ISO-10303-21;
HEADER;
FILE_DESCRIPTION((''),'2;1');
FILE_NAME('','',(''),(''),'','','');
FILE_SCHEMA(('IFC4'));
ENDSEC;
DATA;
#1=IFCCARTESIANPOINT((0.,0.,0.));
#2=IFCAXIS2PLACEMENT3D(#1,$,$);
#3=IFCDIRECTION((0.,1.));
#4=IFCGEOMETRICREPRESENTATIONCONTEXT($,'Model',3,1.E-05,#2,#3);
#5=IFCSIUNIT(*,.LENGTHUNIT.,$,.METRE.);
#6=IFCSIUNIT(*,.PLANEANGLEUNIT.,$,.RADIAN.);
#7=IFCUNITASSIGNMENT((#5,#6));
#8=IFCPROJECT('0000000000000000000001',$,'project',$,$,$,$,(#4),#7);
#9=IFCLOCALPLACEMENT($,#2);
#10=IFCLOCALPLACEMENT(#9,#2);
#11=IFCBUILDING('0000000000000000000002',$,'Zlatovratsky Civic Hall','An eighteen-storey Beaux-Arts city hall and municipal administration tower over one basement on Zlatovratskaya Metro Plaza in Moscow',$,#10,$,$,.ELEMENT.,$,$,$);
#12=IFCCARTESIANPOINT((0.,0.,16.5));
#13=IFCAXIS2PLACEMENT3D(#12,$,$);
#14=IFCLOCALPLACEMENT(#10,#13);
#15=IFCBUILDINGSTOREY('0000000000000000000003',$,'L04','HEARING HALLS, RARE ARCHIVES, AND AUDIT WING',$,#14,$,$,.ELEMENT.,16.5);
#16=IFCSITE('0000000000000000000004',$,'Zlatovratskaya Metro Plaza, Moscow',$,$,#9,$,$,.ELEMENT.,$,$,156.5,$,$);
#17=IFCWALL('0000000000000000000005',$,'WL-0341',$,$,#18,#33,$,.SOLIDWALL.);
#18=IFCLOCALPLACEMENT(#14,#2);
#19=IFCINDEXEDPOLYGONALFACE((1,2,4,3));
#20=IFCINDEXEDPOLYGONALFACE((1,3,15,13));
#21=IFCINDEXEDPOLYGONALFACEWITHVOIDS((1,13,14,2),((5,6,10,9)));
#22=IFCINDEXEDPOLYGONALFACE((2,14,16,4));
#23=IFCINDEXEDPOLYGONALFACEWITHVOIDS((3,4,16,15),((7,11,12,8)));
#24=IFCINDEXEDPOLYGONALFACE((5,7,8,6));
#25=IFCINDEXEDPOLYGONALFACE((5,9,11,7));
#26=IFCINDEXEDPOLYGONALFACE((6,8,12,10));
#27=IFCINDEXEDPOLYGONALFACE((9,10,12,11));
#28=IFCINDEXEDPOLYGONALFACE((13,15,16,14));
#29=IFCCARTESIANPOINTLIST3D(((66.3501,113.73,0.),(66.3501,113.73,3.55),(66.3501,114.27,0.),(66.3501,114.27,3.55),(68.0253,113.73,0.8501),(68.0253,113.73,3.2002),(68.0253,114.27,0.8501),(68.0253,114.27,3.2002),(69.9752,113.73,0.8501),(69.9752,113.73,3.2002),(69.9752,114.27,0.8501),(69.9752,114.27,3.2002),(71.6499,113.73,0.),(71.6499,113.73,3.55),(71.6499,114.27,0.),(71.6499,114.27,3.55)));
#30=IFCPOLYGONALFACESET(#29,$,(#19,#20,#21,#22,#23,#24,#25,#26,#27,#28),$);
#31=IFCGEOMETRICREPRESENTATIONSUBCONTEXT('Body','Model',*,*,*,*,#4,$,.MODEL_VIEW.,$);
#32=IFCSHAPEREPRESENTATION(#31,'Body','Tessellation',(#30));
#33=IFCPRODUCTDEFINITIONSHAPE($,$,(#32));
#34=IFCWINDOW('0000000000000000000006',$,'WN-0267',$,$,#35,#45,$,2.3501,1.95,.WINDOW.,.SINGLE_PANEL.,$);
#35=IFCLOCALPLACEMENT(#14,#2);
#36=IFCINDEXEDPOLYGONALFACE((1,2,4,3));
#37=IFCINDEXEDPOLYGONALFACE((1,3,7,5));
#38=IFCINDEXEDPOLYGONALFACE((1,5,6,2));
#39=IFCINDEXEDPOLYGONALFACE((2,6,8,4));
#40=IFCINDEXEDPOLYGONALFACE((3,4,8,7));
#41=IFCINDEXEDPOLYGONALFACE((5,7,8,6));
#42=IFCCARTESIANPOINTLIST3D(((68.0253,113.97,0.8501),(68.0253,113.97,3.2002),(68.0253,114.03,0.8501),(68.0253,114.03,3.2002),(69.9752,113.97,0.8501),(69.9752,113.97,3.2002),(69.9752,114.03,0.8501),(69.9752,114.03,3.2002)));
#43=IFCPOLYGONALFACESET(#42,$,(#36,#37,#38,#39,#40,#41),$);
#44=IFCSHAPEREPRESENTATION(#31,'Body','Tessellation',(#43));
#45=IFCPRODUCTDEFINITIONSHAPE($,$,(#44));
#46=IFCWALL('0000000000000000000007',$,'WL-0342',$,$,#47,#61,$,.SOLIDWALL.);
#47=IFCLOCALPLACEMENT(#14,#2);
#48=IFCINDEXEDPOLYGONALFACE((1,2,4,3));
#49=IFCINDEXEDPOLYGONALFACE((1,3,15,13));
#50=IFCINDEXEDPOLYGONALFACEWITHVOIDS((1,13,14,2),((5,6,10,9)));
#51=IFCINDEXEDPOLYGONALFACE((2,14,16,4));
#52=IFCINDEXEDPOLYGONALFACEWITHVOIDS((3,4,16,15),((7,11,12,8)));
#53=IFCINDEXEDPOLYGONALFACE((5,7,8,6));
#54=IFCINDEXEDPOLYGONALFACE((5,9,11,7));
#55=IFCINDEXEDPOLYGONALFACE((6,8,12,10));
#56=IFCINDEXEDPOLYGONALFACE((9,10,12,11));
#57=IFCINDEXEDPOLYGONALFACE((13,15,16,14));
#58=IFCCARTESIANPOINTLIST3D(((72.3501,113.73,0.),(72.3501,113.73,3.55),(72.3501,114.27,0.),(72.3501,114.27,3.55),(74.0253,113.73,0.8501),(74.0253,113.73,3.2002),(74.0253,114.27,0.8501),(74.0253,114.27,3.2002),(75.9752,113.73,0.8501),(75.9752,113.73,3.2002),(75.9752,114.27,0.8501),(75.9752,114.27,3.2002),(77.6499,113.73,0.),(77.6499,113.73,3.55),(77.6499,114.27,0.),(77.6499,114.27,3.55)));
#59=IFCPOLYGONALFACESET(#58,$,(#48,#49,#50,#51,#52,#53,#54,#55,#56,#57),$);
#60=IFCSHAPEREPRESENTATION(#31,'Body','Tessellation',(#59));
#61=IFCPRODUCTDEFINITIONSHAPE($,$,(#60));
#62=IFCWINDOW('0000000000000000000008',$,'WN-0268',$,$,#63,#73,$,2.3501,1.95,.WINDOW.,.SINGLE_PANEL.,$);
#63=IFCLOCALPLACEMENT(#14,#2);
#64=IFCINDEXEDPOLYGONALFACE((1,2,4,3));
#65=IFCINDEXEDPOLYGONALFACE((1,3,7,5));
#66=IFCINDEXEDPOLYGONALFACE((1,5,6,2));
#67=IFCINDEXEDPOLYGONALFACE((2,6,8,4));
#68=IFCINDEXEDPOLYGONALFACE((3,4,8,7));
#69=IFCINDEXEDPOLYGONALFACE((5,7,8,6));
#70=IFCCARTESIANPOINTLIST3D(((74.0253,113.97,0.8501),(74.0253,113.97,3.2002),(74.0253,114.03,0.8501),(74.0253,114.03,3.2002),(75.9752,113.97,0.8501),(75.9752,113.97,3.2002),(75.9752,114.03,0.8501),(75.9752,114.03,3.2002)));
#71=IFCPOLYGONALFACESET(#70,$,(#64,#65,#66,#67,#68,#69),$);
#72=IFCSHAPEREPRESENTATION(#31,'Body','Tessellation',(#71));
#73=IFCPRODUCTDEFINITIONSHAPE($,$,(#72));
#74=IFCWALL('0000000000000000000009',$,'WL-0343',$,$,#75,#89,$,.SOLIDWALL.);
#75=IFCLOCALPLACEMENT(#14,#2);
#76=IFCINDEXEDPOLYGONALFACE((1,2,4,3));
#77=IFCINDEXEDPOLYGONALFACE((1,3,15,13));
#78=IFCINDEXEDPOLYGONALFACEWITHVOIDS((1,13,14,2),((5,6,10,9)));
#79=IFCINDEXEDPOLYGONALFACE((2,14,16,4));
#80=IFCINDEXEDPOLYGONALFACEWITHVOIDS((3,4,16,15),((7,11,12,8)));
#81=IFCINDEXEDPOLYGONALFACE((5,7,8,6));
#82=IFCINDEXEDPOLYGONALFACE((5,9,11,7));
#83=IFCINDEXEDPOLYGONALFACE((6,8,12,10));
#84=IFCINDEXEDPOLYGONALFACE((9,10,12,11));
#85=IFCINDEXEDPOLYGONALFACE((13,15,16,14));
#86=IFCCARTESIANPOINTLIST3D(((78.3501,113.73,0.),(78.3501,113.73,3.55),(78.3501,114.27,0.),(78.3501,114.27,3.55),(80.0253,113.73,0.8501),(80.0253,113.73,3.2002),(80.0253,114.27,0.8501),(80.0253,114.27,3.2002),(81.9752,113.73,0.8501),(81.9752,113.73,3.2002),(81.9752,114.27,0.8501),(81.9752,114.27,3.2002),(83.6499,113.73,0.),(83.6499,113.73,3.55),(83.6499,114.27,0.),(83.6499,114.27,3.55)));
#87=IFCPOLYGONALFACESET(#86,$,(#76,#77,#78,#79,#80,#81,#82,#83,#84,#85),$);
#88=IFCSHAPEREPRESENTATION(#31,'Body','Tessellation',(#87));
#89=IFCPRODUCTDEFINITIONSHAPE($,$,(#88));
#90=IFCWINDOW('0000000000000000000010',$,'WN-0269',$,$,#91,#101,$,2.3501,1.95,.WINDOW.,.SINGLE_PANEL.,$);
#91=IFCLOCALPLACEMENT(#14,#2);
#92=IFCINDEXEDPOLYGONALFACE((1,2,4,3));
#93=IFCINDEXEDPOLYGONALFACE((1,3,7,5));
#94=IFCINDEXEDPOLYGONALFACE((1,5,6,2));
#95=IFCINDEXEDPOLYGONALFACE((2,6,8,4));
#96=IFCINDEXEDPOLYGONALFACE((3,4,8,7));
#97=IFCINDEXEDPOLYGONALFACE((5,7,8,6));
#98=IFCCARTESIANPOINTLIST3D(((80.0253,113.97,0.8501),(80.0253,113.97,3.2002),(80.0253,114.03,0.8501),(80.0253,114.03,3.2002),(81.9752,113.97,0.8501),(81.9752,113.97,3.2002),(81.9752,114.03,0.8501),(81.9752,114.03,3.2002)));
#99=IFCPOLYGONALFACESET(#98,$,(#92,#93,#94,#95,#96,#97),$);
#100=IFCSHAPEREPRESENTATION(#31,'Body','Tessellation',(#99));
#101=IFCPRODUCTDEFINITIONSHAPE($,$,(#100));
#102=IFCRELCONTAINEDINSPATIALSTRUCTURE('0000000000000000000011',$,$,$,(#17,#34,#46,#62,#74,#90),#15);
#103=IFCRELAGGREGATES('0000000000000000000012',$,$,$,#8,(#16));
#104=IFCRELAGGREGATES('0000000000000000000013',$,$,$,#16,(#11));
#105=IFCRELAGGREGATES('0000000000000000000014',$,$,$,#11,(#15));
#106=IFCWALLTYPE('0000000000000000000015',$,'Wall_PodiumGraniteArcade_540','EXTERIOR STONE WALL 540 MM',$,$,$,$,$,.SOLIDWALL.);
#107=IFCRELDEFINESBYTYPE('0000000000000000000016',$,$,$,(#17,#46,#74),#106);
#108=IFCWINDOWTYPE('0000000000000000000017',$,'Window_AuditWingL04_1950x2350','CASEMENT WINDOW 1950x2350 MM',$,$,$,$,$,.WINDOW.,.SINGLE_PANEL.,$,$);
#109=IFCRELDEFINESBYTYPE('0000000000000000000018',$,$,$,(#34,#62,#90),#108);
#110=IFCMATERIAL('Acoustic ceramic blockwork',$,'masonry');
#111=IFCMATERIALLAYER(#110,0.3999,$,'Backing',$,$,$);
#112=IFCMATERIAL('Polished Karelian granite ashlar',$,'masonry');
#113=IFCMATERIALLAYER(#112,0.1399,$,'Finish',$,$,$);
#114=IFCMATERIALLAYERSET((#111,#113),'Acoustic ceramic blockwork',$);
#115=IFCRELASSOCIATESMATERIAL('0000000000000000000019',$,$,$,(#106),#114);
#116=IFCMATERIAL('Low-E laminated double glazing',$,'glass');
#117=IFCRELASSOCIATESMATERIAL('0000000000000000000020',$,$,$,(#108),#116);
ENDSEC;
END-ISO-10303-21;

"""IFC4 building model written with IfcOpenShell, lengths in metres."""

from ifc_helpers import new_model, si_unit, direction, frame, frame_2d, origin, place, context, subcontext, project, spatial, rectangle, extrude, material, layer, layer_set, type_object, element, fill, save


model = new_model("IFC4")

# Units and contexts
model_context = context("Model", 3, precision=1e-05, world=origin(), true_north=direction((0.0, 1.0)))
body_context = subcontext(model_context, "Body", "Model", "MODEL_VIEW")
ifc_project = project(units=[si_unit("LENGTHUNIT", "METRE"), si_unit("PLANEANGLEUNIT", "RADIAN")], contexts=[model_context])

# Site, building, storey
site_placement = place(None, origin())
site = spatial("IfcSite", under=ifc_project, at=site_placement, Name="Zlatovratskaya Metro Plaza, Moscow", CompositionType="ELEMENT", RefElevation=156.5)
building_placement = place(site_placement, origin())
building = spatial("IfcBuilding", under=site, at=building_placement, Name="Zlatovratsky Civic Hall", Description="An eighteen-storey Beaux-Arts city hall and municipal administration tower over one basement on Zlatovratskaya Metro Plaza in Moscow", CompositionType="ELEMENT")
storey_placement = place(building_placement, frame((0.0, 0.0, 16.5)))
storey = spatial("IfcBuildingStorey", under=building, at=storey_placement, Name="L04", Description="HEARING HALLS, RARE ARCHIVES, AND AUDIT WING", CompositionType="ELEMENT", Elevation=16.5)

# Walls, openings, windows
ifc_material_1 = material(Name="Acoustic ceramic blockwork", Category="masonry")
ifc_layer_1 = layer(ifc_material_1, 0.3999, Name="Backing")
ifc_material_2 = material(Name="Polished Karelian granite ashlar", Category="masonry")
ifc_layer_2 = layer(ifc_material_2, 0.1399, Name="Finish")
ifc_layer_set = layer_set([ifc_layer_1, ifc_layer_2], Name="Acoustic ceramic blockwork")
wall_type = type_object("IfcWallType", Name="Wall_PodiumGraniteArcade_540", Description="EXTERIOR STONE WALL 540 MM", PredefinedType="SOLIDWALL", material=ifc_layer_set)
wall_1_placement = place(storey_placement, frame((66.3501, 114.0, 0.0), z_axis=(0.0, 0.0, 1.0), x_axis=(1.0, 0.0, 0.0)))
wall_1 = element("IfcWall", 1, at=wall_1_placement, inside=storey, type_object=wall_type, Name="WL-0341", PredefinedType="SOLIDWALL", context=body_context, shape_type="SweptSolid", body=[
    extrude(rectangle(XDim=5.2998, YDim=0.54, at=frame_2d((2.6499, 0.0))), origin(), (0.0, 0.0, 1.0), 3.55),
])
opening_1_placement = place(wall_1_placement, frame((1.675, 0.0, 0.8501)))
opening_1 = element("IfcOpeningElement", 2, at=opening_1_placement, cuts=wall_1, PredefinedType="OPENING", context=body_context, shape_type="SweptSolid", body=[
    extrude(rectangle(XDim=1.95, YDim=2.3501, at=frame_2d((0.9751, 1.175))), frame((0.0, 0.2849, 0.0), z_axis=(0.0, -1.0, 0.0), x_axis=(1.0, 0.0, 0.0)), (0.0, 0.0, 1.0), 0.5698),
])
ifc_material_3 = material(Name="Low-E laminated double glazing", Category="glass")
window_type = type_object("IfcWindowType", Name="Window_AuditWingL04_1950x2350", Description="CASEMENT WINDOW 1950x2350 MM", PartitioningType="SINGLE_PANEL", PredefinedType="WINDOW", material=ifc_material_3)
window_1_placement = place(opening_1_placement, origin())
window_1 = element("IfcWindow", 3, at=window_1_placement, inside=storey, type_object=window_type, Name="WN-0267", OverallHeight=2.3501, OverallWidth=1.95, PartitioningType="SINGLE_PANEL", PredefinedType="WINDOW", context=body_context, shape_type="SweptSolid", body=[
    extrude(rectangle(XDim=1.95, YDim=2.3501, at=frame_2d((0.9751, 1.175))), frame((0.0, 0.03, 0.0), z_axis=(0.0, -1.0, 0.0), x_axis=(1.0, 0.0, 0.0)), (0.0, 0.0, 1.0), 0.0601),
])
fill(opening_1, window_1)
wall_2_placement = place(storey_placement, frame((72.3501, 114.0, 0.0), z_axis=(0.0, 0.0, 1.0), x_axis=(1.0, 0.0, 0.0)))
wall_2 = element("IfcWall", 4, at=wall_2_placement, inside=storey, type_object=wall_type, Name="WL-0342", PredefinedType="SOLIDWALL", context=body_context, shape_type="SweptSolid", body=[
    extrude(rectangle(XDim=5.2998, YDim=0.54, at=frame_2d((2.6499, 0.0))), origin(), (0.0, 0.0, 1.0), 3.55),
])
opening_2_placement = place(wall_2_placement, frame((1.675, 0.0, 0.8501)))
opening_2 = element("IfcOpeningElement", 5, at=opening_2_placement, cuts=wall_2, PredefinedType="OPENING", context=body_context, shape_type="SweptSolid", body=[
    extrude(rectangle(XDim=1.95, YDim=2.3501, at=frame_2d((0.9751, 1.175))), frame((0.0, 0.2849, 0.0), z_axis=(0.0, -1.0, 0.0), x_axis=(1.0, 0.0, 0.0)), (0.0, 0.0, 1.0), 0.5698),
])
window_2_placement = place(opening_2_placement, origin())
window_2 = element("IfcWindow", 6, at=window_2_placement, inside=storey, type_object=window_type, Name="WN-0268", OverallHeight=2.3501, OverallWidth=1.95, PartitioningType="SINGLE_PANEL", PredefinedType="WINDOW", context=body_context, shape_type="SweptSolid", body=[
    extrude(rectangle(XDim=1.95, YDim=2.3501, at=frame_2d((0.9751, 1.175))), frame((0.0, 0.03, 0.0), z_axis=(0.0, -1.0, 0.0), x_axis=(1.0, 0.0, 0.0)), (0.0, 0.0, 1.0), 0.0601),
])
fill(opening_2, window_2)
wall_3_placement = place(storey_placement, frame((78.3501, 114.0, 0.0), z_axis=(0.0, 0.0, 1.0), x_axis=(1.0, 0.0, 0.0)))
wall_3 = element("IfcWall", 7, at=wall_3_placement, inside=storey, type_object=wall_type, Name="WL-0343", PredefinedType="SOLIDWALL", context=body_context, shape_type="SweptSolid", body=[
    extrude(rectangle(XDim=5.2998, YDim=0.54, at=frame_2d((2.6499, 0.0))), origin(), (0.0, 0.0, 1.0), 3.55),
])
opening_3_placement = place(wall_3_placement, frame((1.675, 0.0, 0.8501)))
opening_3 = element("IfcOpeningElement", 8, at=opening_3_placement, cuts=wall_3, PredefinedType="OPENING", context=body_context, shape_type="SweptSolid", body=[
    extrude(rectangle(XDim=1.95, YDim=2.3501, at=frame_2d((0.9751, 1.175))), frame((0.0, 0.2849, 0.0), z_axis=(0.0, -1.0, 0.0), x_axis=(1.0, 0.0, 0.0)), (0.0, 0.0, 1.0), 0.5698),
])
window_3_placement = place(opening_3_placement, origin())
window_3 = element("IfcWindow", 9, at=window_3_placement, inside=storey, type_object=window_type, Name="WN-0269", OverallHeight=2.3501, OverallWidth=1.95, PartitioningType="SINGLE_PANEL", PredefinedType="WINDOW", context=body_context, shape_type="SweptSolid", body=[
    extrude(rectangle(XDim=1.95, YDim=2.3501, at=frame_2d((0.9751, 1.175))), frame((0.0, 0.03, 0.0), z_axis=(0.0, -1.0, 0.0), x_axis=(1.0, 0.0, 0.0)), (0.0, 0.0, 1.0), 0.0601),
])
fill(opening_3, window_3)

save(model, "model.ifc")
